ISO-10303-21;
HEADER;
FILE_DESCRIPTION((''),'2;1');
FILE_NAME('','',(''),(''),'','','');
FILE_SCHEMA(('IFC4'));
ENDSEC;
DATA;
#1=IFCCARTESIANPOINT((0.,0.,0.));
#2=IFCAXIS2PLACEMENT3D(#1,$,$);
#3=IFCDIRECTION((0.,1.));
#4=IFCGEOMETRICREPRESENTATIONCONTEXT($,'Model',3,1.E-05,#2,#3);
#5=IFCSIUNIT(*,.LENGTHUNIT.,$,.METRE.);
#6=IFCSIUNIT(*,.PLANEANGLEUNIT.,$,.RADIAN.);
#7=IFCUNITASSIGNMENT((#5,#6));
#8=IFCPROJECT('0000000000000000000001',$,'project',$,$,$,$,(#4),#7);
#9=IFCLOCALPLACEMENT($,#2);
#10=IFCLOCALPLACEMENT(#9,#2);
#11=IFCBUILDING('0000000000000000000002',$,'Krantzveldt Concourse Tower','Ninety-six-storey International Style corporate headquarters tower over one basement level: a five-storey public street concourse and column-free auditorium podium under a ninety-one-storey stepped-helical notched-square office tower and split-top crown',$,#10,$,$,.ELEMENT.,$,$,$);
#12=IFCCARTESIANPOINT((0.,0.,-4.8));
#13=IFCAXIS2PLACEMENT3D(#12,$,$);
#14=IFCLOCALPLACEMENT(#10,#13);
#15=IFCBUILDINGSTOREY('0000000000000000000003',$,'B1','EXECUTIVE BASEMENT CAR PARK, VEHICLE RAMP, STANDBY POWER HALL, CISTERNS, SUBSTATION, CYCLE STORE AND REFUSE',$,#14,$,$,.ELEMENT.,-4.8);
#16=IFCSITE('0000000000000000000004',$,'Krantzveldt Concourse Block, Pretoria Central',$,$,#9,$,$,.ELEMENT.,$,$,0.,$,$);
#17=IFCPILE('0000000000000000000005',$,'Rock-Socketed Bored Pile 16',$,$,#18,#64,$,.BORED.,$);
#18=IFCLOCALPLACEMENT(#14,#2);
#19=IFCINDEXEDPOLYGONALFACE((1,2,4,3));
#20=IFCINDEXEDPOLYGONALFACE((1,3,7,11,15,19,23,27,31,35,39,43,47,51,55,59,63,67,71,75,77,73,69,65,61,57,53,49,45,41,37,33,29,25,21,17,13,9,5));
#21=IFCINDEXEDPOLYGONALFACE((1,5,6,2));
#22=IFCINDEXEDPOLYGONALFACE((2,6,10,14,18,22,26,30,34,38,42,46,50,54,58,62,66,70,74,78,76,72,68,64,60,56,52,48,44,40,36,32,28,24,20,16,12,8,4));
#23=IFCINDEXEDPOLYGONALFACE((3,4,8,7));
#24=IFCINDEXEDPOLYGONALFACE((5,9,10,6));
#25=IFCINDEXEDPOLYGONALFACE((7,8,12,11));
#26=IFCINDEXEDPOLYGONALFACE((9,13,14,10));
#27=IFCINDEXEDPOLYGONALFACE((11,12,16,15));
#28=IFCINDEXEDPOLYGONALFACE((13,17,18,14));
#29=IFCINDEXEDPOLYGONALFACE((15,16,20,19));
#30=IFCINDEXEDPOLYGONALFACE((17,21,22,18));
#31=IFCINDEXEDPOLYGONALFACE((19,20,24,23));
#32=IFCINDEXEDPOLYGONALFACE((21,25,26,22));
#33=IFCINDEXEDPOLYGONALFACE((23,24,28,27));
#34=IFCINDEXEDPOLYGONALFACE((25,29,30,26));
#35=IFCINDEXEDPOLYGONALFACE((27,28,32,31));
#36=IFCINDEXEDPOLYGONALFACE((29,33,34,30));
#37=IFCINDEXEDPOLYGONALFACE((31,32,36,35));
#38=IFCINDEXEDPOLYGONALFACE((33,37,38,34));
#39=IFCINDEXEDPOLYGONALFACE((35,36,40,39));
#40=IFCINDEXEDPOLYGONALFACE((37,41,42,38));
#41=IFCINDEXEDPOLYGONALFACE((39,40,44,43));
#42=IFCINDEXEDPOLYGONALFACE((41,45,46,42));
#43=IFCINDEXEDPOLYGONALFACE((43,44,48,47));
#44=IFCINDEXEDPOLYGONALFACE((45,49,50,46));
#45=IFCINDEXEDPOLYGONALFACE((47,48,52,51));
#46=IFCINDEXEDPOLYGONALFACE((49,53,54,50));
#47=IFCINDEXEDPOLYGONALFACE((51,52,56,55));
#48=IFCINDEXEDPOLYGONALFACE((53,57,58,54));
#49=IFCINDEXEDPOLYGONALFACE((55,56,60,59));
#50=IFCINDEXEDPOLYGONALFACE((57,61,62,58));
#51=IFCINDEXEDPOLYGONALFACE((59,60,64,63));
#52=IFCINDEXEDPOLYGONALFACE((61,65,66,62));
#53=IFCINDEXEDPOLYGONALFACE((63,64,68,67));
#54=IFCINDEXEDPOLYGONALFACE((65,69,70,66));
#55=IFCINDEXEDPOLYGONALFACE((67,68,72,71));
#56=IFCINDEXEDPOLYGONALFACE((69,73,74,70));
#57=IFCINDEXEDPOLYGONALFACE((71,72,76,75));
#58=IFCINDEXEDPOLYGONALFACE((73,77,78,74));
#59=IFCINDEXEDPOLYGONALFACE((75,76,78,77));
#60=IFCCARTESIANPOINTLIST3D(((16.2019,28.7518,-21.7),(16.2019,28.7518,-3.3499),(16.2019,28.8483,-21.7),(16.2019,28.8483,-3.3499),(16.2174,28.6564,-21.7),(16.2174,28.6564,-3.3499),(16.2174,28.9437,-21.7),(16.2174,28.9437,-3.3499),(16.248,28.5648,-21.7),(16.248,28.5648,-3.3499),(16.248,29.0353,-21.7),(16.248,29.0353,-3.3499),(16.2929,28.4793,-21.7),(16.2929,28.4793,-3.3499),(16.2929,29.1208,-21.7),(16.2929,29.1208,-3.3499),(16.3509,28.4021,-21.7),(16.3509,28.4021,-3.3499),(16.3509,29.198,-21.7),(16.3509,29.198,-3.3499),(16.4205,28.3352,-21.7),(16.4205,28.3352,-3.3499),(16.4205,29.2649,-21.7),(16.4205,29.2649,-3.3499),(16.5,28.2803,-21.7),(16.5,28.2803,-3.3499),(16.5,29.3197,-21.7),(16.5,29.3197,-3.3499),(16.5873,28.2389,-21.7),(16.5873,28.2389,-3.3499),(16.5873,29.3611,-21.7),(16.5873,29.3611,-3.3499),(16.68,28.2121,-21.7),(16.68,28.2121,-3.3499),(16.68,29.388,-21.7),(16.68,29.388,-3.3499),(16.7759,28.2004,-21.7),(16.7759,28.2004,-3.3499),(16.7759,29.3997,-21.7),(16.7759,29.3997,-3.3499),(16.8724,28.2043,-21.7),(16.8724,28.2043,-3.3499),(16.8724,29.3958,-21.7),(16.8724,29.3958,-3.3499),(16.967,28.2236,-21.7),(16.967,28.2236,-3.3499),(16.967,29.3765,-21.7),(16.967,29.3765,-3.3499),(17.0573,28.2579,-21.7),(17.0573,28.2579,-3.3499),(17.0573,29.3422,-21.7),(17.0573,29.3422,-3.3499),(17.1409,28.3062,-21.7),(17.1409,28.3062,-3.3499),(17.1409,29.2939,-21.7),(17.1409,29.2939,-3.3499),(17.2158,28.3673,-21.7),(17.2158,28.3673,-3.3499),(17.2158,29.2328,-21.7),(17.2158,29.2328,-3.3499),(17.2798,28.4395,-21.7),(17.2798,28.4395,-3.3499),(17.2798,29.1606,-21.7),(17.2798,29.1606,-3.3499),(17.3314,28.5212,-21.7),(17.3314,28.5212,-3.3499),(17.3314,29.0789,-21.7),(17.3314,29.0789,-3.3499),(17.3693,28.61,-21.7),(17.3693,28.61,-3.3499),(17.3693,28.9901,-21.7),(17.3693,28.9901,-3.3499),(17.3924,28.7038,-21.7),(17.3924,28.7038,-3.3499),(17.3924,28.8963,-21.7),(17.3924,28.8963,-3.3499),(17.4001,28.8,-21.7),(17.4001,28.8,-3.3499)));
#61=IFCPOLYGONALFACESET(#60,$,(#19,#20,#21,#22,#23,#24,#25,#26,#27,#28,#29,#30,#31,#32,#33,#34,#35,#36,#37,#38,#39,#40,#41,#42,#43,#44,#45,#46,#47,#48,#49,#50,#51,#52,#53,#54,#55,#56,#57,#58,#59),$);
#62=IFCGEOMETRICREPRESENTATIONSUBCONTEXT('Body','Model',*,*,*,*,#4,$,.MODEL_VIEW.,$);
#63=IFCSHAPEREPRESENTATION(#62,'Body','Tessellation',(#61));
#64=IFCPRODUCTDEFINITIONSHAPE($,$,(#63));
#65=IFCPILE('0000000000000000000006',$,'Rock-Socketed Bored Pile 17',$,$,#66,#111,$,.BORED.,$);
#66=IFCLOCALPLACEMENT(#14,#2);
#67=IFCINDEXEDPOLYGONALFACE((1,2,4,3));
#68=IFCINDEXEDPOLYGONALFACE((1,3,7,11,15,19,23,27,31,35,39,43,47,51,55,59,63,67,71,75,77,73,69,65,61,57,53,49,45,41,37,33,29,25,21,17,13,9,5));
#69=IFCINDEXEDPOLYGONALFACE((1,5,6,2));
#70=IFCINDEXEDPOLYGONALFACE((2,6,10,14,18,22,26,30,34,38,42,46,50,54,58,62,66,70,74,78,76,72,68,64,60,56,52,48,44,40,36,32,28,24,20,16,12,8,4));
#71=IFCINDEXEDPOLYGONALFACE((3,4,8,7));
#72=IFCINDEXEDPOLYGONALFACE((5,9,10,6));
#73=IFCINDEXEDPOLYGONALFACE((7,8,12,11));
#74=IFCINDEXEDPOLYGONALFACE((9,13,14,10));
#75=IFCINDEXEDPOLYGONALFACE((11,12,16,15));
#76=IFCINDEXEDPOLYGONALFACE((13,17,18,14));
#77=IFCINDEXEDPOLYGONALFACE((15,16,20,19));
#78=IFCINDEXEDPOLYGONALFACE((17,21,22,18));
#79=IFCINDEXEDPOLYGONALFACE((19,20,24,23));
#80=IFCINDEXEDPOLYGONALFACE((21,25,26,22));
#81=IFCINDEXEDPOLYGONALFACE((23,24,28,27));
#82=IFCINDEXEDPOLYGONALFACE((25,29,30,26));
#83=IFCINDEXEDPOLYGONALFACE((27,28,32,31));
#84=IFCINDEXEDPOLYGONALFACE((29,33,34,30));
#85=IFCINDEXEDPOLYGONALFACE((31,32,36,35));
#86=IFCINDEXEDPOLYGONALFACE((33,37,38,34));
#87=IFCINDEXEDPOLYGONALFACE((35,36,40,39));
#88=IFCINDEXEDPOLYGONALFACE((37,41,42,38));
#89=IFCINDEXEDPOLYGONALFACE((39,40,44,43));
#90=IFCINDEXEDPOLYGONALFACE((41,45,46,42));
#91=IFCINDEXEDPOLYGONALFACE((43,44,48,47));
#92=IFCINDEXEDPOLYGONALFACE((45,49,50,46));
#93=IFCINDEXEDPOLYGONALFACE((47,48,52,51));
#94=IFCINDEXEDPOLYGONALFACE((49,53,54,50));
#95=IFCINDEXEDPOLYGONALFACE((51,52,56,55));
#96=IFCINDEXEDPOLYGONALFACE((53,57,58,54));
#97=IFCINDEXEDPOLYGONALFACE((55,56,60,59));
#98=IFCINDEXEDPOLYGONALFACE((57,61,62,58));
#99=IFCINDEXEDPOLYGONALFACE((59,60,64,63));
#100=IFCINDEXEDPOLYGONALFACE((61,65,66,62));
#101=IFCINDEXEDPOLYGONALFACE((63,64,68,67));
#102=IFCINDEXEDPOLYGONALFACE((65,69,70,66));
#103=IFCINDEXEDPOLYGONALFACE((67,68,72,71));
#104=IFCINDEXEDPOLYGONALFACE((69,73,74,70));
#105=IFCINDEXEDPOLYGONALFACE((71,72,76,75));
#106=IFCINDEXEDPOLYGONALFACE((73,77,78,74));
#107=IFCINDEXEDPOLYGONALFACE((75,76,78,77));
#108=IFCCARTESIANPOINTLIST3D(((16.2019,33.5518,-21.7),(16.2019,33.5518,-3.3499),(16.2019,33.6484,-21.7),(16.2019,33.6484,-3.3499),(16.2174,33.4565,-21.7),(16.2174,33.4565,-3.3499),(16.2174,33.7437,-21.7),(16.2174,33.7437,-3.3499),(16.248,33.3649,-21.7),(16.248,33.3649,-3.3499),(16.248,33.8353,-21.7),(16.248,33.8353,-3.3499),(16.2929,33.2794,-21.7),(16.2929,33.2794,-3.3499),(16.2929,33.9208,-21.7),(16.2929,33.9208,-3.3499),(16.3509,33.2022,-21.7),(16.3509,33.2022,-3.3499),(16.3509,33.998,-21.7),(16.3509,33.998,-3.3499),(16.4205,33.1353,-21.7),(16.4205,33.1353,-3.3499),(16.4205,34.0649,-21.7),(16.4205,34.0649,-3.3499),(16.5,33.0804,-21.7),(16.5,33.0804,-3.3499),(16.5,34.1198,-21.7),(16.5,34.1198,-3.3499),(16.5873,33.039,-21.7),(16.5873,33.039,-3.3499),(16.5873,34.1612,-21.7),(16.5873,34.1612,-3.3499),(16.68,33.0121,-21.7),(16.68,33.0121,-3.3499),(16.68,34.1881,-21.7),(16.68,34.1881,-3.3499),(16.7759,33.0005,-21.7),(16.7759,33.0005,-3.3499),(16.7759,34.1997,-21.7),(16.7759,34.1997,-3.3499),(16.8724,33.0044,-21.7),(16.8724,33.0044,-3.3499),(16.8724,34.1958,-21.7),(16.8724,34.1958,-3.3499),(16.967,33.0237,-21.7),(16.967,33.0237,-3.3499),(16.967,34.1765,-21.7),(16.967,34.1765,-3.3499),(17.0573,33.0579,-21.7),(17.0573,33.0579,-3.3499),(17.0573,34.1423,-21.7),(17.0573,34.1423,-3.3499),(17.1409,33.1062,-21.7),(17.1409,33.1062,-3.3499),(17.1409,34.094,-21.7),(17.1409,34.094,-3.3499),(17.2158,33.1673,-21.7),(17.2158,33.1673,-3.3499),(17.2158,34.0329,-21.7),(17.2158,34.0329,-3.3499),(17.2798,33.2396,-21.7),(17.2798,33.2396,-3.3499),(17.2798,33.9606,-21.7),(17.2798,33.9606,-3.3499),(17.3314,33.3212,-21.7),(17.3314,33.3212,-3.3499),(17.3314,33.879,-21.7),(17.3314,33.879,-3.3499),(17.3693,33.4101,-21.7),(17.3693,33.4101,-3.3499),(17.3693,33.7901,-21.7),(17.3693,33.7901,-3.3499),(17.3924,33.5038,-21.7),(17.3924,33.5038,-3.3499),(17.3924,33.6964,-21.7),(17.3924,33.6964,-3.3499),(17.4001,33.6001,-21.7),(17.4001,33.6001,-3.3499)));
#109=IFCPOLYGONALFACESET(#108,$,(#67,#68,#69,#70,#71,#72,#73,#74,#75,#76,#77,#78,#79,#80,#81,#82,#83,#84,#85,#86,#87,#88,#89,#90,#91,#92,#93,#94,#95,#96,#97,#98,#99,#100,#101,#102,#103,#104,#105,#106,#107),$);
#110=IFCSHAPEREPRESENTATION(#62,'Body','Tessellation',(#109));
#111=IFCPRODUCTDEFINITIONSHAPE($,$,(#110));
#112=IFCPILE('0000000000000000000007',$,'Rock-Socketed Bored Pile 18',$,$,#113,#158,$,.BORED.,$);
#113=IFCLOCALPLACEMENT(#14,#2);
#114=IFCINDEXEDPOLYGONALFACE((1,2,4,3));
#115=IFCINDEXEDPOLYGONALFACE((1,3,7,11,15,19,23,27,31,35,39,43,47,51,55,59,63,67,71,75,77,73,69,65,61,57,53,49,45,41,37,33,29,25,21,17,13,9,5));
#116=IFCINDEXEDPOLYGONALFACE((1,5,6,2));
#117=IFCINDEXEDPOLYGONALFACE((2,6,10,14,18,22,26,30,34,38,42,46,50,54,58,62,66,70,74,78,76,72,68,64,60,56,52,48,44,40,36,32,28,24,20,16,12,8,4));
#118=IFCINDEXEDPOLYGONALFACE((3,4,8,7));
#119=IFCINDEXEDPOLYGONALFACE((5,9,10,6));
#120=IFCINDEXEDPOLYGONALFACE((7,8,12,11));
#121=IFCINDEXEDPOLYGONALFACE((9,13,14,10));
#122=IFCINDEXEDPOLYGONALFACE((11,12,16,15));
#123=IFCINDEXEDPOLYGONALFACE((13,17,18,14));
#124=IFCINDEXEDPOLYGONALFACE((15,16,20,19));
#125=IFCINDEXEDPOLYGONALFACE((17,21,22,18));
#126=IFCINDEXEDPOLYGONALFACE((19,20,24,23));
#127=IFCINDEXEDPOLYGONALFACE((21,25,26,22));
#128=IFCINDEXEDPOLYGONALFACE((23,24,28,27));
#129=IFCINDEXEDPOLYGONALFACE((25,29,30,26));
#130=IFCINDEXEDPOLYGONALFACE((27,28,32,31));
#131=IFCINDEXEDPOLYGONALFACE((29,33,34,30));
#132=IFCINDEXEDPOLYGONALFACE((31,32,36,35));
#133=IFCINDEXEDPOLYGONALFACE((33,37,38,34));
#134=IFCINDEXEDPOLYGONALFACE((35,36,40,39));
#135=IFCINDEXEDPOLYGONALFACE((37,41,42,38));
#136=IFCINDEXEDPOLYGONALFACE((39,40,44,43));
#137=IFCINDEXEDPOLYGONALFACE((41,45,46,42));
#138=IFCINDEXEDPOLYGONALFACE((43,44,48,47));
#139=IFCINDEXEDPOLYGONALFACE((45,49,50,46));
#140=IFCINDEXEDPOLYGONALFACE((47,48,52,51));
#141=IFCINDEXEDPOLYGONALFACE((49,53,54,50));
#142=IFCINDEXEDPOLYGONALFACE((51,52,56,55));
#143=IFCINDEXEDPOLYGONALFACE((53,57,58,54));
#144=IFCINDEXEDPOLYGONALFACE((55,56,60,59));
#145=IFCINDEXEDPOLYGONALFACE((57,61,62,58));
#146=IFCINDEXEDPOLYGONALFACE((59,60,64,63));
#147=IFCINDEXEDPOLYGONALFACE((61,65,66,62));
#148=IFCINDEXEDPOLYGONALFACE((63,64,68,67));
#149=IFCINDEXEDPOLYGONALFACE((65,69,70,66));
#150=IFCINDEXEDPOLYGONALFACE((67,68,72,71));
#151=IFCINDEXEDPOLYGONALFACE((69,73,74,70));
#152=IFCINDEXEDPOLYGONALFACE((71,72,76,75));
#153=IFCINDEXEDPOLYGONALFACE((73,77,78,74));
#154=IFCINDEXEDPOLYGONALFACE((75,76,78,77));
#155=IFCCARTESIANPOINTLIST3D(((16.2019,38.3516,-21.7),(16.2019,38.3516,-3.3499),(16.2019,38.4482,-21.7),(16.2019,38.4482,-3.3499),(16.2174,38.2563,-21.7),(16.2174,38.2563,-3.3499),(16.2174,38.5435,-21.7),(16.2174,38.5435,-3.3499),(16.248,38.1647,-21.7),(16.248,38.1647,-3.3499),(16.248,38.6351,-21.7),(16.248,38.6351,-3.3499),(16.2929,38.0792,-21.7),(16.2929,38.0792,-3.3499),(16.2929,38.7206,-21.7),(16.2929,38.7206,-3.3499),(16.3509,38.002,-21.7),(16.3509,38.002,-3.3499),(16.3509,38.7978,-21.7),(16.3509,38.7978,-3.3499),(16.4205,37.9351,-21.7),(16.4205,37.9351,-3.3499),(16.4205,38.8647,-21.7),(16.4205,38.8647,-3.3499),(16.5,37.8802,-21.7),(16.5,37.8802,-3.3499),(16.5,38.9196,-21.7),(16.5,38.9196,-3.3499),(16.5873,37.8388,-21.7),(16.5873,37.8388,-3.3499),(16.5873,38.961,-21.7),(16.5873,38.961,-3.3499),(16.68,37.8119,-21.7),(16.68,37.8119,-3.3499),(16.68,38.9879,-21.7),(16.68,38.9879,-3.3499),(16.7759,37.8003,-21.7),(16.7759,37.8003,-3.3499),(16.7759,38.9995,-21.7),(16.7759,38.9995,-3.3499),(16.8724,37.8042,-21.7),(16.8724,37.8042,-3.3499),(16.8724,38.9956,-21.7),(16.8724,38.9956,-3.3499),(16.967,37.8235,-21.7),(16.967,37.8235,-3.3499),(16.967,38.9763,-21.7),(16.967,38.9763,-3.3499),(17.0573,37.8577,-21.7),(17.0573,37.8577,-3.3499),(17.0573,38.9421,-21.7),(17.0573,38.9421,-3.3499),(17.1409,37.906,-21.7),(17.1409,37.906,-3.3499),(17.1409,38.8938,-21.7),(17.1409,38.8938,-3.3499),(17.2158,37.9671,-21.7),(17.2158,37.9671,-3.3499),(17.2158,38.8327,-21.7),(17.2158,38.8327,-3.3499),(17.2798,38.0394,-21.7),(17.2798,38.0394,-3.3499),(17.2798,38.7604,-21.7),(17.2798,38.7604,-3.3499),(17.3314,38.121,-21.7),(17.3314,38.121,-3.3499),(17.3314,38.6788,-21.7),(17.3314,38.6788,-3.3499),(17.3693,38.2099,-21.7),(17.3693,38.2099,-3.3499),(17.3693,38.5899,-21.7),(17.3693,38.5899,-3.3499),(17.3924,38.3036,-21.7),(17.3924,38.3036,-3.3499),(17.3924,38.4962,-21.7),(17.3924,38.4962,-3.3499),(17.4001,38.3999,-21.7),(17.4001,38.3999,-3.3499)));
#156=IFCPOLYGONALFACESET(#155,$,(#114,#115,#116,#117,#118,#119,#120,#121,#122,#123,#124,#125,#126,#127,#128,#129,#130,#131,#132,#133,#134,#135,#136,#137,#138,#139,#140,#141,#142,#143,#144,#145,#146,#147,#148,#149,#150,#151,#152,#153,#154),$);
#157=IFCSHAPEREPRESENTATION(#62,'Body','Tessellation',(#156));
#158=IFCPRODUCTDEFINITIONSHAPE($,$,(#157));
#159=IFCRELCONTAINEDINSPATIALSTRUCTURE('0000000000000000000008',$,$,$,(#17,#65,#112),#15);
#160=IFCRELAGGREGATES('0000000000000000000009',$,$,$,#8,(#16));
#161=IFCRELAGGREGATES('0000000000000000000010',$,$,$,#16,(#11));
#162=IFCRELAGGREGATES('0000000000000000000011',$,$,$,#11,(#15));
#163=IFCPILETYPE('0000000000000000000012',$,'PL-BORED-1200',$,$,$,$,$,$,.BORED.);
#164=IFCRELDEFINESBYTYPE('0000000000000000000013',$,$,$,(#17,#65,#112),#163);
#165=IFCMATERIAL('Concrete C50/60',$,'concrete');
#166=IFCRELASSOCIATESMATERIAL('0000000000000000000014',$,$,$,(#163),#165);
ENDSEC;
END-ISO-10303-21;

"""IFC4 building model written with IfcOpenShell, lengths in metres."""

from ifc_helpers import new_model, si_unit, direction, frame, origin, origin_2d, place, context, subcontext, project, spatial, circle, extrude, source, transform, mapped, material, material_profile, profile_set, type_object, type_shapes, element, save


model = new_model("IFC4")

# Units and contexts
model_context = context("Model", 3, precision=1e-05, world=origin(), true_north=direction((0.0, 1.0)))
body_context = subcontext(model_context, "Body", "Model", "MODEL_VIEW")
ifc_project = project(units=[si_unit("LENGTHUNIT", "METRE"), si_unit("PLANEANGLEUNIT", "RADIAN")], contexts=[model_context])

# Site, building, storey
site_placement = place(None, origin())
site = spatial("IfcSite", under=ifc_project, at=site_placement, Name="Krantzveldt Concourse Block, Pretoria Central", CompositionType="ELEMENT", RefElevation=0.0)
building_placement = place(site_placement, origin())
building = spatial("IfcBuilding", under=site, at=building_placement, Name="Krantzveldt Concourse Tower", Description="Ninety-six-storey International Style corporate headquarters tower over one basement level: a five-storey public street concourse and column-free auditorium podium under a ninety-one-storey stepped-helical notched-square office tower and split-top crown", CompositionType="ELEMENT")
storey_placement = place(building_placement, frame((0.0, 0.0, -4.8)))
storey = spatial("IfcBuildingStorey", under=building, at=storey_placement, Name="B1", Description="EXECUTIVE BASEMENT CAR PARK, VEHICLE RAMP, STANDBY POWER HALL, CISTERNS, SUBSTATION, CYCLE STORE AND REFUSE", CompositionType="ELEMENT", Elevation=-4.8)

# Piles
ifc_material_1 = material(Name="Concrete C50/60", Category="concrete")
ifc_material_profile_1 = material_profile(ifc_material_1, circle(Radius=0.6001, at=origin_2d()), Name="Concrete C50/60", Category="concrete")
ifc_profile_set_1 = profile_set([ifc_material_profile_1], Name="Concrete C50/60 - PILE D1200")
pile_type_1 = type_object("IfcPileType", Name="PL-BORED-1200", PredefinedType="BORED", material=ifc_profile_set_1)
shared_shape_1 = source(origin(), body_context, "Body", "SweptSolid", [
    extrude(circle(Radius=0.6001, at=origin_2d()), origin(), (0.0, 0.0, 1.0), 18.3501),
])
type_shapes(pile_type_1, [shared_shape_1])
for number, where, z_axis, x_axis, name in (
    (1, (16.8, 28.8, -3.3499), (0.0, 0.0, -1.0), (1.0, 0.0, 0.0), "Rock-Socketed Bored Pile 16"),
    (2, (16.8, 33.6001, -3.3499), (0.0, 0.0, -1.0), (1.0, 0.0, 0.0), "Rock-Socketed Bored Pile 17"),
    (3, (16.8, 38.3999, -3.3499), (0.0, 0.0, -1.0), (1.0, 0.0, 0.0), "Rock-Socketed Bored Pile 18"),
):
    element("IfcPile", number, at=place(storey_placement, frame(where, z_axis=z_axis, x_axis=x_axis)), inside=storey, type_object=pile_type_1, Name=name, PredefinedType="BORED", context=body_context, shape_type="MappedRepresentation", body=[
        mapped(shared_shape_1, transform((0.0, 0.0, 0.0), x_axis=(1.0, 0.0, 0.0), y_axis=(0.0, 1.0, 0.0), z_axis=(0.0, 0.0, 1.0), scale=1.0)),
    ])

save(model, "model.ifc")
